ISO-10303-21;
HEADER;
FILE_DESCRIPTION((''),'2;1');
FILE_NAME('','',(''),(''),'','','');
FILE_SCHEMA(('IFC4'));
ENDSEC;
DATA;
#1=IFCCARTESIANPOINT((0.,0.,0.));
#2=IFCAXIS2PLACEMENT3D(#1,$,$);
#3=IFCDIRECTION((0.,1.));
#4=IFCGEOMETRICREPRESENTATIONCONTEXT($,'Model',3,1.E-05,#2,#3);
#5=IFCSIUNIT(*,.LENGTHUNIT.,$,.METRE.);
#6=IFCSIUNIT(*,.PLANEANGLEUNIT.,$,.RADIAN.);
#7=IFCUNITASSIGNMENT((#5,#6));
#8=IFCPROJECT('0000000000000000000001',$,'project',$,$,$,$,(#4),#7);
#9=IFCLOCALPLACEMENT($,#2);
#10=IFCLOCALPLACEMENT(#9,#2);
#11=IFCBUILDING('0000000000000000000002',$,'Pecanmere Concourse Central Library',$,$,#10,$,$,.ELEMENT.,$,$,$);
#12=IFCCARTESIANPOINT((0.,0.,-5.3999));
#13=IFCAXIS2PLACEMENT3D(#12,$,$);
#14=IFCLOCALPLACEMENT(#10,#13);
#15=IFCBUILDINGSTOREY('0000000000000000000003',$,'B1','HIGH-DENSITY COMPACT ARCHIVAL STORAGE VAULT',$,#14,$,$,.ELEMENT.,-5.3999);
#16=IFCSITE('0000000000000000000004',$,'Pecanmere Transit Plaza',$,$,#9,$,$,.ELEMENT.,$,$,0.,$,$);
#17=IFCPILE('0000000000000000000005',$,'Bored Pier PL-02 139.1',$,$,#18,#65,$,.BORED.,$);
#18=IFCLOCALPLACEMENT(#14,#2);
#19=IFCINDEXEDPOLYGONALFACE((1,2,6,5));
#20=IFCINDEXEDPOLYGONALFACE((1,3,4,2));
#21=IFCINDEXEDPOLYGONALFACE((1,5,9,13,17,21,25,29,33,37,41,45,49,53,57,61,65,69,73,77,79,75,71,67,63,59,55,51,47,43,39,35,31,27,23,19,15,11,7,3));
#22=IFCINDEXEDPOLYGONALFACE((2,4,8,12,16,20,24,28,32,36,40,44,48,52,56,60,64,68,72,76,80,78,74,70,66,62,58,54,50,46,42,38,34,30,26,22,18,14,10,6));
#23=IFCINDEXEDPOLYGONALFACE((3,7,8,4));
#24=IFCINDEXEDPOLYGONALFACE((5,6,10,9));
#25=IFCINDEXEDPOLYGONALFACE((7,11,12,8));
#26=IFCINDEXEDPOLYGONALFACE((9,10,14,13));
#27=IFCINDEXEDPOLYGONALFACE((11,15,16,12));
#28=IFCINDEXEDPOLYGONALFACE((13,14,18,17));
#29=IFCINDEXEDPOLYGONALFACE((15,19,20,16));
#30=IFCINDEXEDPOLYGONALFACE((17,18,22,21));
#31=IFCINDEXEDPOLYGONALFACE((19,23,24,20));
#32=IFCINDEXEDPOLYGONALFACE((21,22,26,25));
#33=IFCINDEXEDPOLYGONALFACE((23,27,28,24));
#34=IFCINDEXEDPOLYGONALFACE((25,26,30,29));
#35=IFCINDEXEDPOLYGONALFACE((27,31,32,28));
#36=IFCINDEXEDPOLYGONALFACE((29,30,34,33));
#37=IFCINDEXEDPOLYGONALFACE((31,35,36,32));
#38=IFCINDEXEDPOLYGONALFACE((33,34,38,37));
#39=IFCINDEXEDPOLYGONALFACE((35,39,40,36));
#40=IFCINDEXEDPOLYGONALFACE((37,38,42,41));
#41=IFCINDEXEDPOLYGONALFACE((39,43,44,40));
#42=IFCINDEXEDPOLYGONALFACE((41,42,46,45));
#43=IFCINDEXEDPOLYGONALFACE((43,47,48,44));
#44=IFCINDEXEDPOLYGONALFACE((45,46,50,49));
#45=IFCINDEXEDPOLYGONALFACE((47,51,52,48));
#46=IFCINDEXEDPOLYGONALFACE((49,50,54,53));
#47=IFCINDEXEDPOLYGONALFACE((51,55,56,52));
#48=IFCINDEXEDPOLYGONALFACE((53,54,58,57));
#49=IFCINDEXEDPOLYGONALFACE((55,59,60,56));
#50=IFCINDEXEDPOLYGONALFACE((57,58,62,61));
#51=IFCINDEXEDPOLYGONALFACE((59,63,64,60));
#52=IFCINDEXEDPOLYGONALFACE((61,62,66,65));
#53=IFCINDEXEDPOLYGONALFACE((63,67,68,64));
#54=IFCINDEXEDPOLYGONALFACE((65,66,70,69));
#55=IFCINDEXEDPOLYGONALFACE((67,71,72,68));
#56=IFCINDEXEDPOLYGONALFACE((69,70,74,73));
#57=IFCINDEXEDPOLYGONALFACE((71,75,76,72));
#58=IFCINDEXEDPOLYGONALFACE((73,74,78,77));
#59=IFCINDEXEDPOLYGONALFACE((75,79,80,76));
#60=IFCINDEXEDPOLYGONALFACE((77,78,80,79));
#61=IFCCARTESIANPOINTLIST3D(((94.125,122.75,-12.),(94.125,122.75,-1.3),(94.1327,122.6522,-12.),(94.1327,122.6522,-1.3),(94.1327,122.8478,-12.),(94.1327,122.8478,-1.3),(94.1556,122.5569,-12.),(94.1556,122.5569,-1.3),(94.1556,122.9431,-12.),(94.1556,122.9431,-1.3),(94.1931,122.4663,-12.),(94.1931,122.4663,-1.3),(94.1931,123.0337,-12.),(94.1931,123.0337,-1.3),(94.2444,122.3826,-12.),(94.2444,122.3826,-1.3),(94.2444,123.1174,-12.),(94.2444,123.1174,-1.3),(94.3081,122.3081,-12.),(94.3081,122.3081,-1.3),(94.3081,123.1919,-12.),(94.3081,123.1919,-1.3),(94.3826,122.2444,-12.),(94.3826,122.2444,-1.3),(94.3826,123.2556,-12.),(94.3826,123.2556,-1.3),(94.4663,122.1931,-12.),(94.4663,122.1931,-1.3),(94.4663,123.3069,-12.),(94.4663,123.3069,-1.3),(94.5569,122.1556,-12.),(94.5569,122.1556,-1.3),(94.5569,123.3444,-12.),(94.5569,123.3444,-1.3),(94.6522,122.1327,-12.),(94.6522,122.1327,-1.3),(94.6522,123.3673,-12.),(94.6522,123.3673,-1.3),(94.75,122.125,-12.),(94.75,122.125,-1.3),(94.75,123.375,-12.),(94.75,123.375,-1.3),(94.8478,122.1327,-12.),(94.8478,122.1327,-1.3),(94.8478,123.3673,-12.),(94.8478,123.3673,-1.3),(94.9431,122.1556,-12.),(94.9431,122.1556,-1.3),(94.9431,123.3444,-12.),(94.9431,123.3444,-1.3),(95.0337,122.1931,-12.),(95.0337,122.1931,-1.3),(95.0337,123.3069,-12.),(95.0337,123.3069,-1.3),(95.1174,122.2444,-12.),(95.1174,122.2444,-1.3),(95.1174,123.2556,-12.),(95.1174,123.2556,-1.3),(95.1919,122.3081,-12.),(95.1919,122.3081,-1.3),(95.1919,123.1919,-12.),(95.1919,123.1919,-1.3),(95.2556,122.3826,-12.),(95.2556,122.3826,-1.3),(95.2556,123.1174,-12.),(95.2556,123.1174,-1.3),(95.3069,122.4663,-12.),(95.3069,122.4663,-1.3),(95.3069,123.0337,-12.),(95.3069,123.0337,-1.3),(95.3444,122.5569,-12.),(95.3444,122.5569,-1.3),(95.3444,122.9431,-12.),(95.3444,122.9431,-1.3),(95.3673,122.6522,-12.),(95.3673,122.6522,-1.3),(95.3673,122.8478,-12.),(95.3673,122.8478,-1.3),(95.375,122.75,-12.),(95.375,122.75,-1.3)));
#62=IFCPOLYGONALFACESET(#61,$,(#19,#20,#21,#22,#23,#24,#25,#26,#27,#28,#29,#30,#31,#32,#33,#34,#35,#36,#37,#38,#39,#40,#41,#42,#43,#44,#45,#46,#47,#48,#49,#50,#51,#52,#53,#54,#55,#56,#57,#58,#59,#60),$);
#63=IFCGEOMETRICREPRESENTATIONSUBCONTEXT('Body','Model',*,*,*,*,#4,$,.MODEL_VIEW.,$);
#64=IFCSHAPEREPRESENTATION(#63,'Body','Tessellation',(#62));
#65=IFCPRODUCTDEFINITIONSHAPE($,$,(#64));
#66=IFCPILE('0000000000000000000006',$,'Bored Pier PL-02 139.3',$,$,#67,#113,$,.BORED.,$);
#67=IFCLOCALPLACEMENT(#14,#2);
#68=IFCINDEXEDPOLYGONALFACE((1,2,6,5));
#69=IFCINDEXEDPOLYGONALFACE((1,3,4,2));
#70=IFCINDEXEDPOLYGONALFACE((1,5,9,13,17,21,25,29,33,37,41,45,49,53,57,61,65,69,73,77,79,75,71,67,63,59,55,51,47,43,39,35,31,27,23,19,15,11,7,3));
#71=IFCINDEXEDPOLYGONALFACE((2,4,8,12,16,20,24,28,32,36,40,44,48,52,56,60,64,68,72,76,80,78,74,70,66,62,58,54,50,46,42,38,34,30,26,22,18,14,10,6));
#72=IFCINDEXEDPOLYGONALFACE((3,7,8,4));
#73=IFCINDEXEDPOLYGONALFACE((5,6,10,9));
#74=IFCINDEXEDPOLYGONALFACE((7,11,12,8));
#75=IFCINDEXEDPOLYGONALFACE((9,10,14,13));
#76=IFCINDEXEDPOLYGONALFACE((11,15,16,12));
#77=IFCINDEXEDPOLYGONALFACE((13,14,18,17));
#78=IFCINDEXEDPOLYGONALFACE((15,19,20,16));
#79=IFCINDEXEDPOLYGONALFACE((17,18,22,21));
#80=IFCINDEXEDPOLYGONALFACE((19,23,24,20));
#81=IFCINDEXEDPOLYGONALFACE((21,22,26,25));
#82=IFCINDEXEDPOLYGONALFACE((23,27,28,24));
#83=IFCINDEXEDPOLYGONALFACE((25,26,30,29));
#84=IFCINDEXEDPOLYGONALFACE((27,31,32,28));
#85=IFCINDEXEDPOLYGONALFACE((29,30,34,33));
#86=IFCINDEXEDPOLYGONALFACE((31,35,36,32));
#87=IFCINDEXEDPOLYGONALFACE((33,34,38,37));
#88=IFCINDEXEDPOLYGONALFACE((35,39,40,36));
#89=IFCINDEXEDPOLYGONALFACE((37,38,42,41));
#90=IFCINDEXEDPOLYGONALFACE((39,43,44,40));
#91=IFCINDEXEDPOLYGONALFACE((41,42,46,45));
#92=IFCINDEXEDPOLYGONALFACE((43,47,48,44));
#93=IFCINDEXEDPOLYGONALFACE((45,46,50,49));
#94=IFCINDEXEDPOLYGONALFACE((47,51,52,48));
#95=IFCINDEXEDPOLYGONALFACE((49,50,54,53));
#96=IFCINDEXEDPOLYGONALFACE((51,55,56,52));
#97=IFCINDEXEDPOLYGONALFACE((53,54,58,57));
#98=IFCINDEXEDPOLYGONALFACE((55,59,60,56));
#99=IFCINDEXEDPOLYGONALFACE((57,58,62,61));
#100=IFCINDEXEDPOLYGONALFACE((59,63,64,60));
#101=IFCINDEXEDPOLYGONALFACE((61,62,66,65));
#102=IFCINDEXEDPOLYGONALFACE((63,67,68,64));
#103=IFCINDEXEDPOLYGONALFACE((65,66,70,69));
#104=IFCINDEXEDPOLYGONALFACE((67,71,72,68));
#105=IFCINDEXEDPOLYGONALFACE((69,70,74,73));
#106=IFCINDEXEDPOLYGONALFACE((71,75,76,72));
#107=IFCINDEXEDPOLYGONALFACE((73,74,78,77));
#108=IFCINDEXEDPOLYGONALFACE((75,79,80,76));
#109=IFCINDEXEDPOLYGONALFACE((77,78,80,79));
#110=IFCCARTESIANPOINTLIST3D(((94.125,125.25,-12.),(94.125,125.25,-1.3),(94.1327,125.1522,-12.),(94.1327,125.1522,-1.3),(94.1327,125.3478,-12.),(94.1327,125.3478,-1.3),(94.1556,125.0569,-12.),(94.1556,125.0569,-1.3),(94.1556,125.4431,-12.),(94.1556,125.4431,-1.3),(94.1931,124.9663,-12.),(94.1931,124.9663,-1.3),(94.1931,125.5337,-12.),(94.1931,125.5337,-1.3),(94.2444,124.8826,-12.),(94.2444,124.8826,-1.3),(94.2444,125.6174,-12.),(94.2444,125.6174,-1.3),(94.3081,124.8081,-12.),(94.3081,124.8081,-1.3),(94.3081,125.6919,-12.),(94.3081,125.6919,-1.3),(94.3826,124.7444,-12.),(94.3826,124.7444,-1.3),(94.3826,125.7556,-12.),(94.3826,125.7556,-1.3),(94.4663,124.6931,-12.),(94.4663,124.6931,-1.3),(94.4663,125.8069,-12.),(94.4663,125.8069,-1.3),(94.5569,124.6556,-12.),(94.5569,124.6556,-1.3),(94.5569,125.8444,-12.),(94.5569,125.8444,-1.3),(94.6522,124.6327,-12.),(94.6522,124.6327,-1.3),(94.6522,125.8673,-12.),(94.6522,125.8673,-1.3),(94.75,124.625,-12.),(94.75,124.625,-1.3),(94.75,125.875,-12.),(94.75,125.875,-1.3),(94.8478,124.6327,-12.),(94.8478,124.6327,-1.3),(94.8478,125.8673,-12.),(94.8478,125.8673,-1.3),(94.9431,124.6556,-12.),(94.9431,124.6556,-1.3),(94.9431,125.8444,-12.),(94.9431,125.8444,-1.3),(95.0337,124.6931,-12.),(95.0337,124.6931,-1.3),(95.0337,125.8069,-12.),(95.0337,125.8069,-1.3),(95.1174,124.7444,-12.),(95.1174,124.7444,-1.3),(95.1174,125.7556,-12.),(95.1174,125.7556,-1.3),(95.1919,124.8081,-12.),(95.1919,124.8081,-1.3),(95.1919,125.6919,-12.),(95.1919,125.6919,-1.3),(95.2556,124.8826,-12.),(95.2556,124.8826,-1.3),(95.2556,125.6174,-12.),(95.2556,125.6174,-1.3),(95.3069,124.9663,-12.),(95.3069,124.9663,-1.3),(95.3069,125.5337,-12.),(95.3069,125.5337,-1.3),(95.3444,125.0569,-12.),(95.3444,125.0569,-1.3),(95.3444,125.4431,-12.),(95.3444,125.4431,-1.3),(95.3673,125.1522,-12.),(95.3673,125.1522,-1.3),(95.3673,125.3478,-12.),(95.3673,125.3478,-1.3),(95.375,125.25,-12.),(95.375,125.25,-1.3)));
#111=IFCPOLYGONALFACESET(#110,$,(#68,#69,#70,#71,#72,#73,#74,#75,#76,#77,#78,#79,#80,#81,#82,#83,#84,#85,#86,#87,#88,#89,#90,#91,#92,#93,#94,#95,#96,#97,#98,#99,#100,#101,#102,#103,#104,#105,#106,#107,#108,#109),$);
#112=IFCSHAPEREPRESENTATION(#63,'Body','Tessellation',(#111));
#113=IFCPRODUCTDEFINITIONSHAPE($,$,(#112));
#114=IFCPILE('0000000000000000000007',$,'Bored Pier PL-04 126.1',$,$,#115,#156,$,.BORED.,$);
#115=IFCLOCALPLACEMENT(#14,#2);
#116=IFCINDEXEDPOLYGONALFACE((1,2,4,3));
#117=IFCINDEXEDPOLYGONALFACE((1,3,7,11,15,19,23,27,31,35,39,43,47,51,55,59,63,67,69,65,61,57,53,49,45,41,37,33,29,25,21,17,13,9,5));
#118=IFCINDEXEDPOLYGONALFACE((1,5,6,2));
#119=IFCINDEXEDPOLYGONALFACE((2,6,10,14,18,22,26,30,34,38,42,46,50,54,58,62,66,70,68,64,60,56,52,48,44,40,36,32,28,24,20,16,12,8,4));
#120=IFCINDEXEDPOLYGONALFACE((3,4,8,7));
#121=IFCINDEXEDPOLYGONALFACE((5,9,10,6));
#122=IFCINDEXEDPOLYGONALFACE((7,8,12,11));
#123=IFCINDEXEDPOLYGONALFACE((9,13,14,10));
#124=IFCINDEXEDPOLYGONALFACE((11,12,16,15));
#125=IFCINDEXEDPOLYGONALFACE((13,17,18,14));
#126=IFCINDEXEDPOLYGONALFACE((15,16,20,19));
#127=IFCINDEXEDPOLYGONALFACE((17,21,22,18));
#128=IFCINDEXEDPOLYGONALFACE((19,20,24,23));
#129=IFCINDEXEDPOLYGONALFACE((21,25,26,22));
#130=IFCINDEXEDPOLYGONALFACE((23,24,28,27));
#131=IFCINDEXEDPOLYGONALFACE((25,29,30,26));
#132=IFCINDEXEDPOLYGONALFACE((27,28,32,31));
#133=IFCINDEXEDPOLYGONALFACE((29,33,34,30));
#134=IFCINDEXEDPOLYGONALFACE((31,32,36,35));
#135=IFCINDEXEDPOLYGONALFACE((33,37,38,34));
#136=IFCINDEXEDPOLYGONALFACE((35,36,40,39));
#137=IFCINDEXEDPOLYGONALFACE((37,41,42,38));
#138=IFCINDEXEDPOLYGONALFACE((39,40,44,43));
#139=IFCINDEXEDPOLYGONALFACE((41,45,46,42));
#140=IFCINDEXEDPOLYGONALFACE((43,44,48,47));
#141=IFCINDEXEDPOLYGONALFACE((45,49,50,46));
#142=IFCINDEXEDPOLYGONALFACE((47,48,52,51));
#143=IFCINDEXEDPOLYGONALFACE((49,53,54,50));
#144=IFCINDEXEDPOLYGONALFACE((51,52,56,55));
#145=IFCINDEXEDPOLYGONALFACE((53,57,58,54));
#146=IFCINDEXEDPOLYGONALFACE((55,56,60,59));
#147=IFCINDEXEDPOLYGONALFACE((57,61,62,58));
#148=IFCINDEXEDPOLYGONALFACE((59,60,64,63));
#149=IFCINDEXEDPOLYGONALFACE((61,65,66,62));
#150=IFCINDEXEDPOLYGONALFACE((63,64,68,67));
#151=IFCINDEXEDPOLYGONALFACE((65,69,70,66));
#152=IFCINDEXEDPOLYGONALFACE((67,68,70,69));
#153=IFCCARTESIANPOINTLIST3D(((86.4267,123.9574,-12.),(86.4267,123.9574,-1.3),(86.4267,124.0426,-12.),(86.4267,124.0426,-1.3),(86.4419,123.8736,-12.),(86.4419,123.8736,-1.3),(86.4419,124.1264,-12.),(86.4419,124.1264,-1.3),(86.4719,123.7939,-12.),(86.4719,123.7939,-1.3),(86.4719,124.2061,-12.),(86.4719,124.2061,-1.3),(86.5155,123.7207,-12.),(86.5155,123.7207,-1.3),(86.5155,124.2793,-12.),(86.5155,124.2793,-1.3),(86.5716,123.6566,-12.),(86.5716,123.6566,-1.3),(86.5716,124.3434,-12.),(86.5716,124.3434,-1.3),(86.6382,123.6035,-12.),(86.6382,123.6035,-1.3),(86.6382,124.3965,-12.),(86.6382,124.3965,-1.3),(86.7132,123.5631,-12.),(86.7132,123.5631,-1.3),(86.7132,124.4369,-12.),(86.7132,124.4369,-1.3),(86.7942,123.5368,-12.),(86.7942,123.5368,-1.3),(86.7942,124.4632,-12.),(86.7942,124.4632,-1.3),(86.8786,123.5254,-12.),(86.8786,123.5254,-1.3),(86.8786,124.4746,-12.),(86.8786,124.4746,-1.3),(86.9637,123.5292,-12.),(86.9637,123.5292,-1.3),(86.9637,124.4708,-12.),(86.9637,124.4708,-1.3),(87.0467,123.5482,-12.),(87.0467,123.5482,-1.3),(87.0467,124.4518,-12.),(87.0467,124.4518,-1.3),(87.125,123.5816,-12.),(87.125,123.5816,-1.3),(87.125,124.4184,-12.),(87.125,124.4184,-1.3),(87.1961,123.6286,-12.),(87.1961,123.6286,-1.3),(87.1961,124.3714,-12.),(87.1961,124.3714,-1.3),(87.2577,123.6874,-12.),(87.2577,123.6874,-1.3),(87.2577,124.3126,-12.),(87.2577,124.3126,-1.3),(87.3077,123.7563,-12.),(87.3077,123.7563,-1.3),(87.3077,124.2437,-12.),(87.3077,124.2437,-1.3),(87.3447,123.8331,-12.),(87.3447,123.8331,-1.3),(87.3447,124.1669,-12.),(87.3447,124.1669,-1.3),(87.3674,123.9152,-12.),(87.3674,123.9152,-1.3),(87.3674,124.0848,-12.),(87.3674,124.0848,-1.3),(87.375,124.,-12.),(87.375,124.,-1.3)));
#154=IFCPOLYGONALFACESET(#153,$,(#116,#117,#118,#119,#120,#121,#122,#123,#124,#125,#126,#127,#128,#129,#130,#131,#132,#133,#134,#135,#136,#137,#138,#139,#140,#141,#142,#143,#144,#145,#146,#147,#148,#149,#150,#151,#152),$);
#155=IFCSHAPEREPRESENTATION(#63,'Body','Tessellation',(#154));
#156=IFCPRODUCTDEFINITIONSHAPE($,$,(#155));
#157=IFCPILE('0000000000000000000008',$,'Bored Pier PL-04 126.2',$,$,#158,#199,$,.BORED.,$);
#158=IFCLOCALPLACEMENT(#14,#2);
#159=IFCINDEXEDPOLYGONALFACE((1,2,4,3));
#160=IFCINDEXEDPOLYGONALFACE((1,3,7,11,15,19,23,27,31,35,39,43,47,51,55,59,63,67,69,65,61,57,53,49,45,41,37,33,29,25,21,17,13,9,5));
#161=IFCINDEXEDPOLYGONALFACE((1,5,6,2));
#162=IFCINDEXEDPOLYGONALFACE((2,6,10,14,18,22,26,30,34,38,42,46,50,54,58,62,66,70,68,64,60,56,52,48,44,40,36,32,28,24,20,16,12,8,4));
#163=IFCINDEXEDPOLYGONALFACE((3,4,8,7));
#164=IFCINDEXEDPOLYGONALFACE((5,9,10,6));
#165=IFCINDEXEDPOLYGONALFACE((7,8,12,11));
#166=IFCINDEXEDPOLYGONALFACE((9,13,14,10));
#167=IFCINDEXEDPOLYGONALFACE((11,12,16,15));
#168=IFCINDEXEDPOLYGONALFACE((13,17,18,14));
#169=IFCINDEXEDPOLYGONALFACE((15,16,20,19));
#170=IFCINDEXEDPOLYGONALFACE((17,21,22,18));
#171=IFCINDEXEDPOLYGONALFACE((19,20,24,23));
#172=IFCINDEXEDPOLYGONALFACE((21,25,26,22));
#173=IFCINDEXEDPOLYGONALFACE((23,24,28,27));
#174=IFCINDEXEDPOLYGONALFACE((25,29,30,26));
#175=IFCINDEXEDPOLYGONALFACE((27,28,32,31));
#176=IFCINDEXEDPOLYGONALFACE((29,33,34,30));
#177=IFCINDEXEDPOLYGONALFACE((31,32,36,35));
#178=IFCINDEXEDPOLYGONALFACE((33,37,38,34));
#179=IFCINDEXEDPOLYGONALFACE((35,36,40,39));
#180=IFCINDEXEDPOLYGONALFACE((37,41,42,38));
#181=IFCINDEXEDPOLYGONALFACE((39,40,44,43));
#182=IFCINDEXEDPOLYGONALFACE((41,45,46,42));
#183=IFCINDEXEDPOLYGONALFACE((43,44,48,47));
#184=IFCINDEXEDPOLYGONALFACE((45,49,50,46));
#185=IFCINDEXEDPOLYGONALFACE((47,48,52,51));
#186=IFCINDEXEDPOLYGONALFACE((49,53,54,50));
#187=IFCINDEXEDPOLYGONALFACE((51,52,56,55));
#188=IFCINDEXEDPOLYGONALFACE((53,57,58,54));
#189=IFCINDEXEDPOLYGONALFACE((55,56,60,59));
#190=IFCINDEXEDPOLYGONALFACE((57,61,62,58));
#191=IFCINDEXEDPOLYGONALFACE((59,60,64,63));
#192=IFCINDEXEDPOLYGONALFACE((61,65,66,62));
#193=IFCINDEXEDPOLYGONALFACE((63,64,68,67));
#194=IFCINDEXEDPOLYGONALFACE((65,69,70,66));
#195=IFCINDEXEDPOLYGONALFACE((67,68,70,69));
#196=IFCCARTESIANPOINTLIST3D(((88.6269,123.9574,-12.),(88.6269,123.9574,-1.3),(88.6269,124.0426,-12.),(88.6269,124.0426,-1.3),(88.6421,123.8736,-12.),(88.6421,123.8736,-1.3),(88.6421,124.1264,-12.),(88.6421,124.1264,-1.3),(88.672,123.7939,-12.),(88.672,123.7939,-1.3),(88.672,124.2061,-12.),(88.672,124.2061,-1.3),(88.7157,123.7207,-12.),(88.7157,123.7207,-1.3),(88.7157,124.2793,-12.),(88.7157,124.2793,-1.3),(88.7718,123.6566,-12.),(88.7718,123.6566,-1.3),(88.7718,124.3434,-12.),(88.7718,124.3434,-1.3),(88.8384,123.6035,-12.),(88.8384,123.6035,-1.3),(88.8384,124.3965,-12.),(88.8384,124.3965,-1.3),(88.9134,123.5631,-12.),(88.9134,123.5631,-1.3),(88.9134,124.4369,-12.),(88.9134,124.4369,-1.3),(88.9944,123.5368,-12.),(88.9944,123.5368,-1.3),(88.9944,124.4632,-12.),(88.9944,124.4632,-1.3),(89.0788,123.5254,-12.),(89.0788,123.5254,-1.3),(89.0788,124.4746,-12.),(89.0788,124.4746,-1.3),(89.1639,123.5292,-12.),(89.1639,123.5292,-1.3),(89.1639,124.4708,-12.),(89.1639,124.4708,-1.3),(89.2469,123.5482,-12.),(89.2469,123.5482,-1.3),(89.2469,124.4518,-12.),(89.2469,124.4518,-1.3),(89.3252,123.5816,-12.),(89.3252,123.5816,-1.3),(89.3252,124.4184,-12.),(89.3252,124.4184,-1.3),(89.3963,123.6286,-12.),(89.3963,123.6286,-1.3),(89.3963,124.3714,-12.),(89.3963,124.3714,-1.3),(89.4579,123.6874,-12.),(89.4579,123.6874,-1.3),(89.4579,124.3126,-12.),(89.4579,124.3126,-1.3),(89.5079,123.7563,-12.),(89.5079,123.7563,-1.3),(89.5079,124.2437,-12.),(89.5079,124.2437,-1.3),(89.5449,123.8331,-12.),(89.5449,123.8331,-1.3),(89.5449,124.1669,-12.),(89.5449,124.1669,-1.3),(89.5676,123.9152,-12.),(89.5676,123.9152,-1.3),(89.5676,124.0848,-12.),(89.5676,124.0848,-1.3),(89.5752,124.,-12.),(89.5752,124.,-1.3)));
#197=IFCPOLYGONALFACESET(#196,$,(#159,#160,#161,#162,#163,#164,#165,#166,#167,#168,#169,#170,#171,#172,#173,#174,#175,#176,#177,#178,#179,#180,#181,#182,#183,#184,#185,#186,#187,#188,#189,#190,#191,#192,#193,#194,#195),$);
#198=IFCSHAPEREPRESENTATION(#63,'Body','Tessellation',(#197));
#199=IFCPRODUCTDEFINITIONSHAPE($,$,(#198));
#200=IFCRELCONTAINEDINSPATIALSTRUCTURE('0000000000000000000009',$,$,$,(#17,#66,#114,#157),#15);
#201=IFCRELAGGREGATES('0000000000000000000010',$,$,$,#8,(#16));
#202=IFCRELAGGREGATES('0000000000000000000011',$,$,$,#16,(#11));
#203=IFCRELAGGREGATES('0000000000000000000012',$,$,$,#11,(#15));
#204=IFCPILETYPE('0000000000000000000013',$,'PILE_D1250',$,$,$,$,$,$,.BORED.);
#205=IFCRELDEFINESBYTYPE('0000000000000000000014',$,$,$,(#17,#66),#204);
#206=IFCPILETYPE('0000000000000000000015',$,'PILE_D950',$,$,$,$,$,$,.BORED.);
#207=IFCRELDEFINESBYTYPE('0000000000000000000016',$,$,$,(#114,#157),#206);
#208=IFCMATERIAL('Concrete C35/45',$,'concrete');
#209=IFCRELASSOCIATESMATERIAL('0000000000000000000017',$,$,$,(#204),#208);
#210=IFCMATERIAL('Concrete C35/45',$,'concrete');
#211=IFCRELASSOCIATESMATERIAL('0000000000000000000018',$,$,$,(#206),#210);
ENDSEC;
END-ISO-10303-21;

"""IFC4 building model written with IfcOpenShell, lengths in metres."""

from ifc_helpers import new_model, si_unit, direction, frame, origin, origin_2d, place, context, subcontext, project, spatial, circle, extrude, material, material_profile, profile_set, type_object, element, save


model = new_model("IFC4")

# Units and contexts
model_context = context("Model", 3, precision=1e-05, world=origin(), true_north=direction((0.0, 1.0)))
body_context = subcontext(model_context, "Body", "Model", "MODEL_VIEW")
ifc_project = project(units=[si_unit("LENGTHUNIT", "METRE"), si_unit("PLANEANGLEUNIT", "RADIAN")], contexts=[model_context])

# Site, building, storey
site_placement = place(None, origin())
site = spatial("IfcSite", under=ifc_project, at=site_placement, Name="Pecanmere Transit Plaza", CompositionType="ELEMENT", RefElevation=0.0)
building_placement = place(site_placement, origin())
building = spatial("IfcBuilding", under=site, at=building_placement, Name="Pecanmere Concourse Central Library", CompositionType="ELEMENT")
storey_placement = place(building_placement, frame((0.0, 0.0, -5.3999)))
storey = spatial("IfcBuildingStorey", under=building, at=storey_placement, Name="B1", Description="HIGH-DENSITY COMPACT ARCHIVAL STORAGE VAULT", CompositionType="ELEMENT", Elevation=-5.3999)

# Piles
ifc_material_1 = material(Name="Concrete C35/45", Category="concrete")
ifc_material_profile_1 = material_profile(ifc_material_1, circle(Radius=0.625, at=origin_2d()), Name="PIER D1250")
ifc_profile_set_1 = profile_set([ifc_material_profile_1], Name="Concrete C35/45")
pile_type_1 = type_object("IfcPileType", Name="PILE_D1250", PredefinedType="BORED", material=ifc_profile_set_1)
for number, where, z_axis, x_axis, name in (
    (1, (94.75, 122.75, -1.3), (0.0, 0.0, -1.0), (1.0, 0.0, 0.0), "Bored Pier PL-02 139.1"),
    (2, (94.75, 125.25, -1.3), (0.0, 0.0, -1.0), (1.0, 0.0, 0.0), "Bored Pier PL-02 139.3"),
):
    element("IfcPile", number, at=place(storey_placement, frame(where, z_axis=z_axis, x_axis=x_axis)), inside=storey, type_object=pile_type_1, Name=name, PredefinedType="BORED", context=body_context, shape_type="SweptSolid", body=[
        extrude(circle(Radius=0.625, at=origin_2d()), origin(), (0.0, 0.0, 1.0), 10.7),
    ])
ifc_material_2 = material(Name="Concrete C35/45", Category="concrete")
ifc_material_profile_2 = material_profile(ifc_material_2, circle(Radius=0.4751, at=origin_2d()), Name="PIER D950")
ifc_profile_set_2 = profile_set([ifc_material_profile_2], Name="Concrete C35/45")
pile_type_2 = type_object("IfcPileType", Name="PILE_D950", PredefinedType="BORED", material=ifc_profile_set_2)
for number, where, z_axis, x_axis, name in (
    (3, (86.8999, 124.0, -1.3), (0.0, 0.0, -1.0), (1.0, 0.0, 0.0), "Bored Pier PL-04 126.1"),
    (4, (89.1001, 124.0, -1.3), (0.0, 0.0, -1.0), (1.0, 0.0, 0.0), "Bored Pier PL-04 126.2"),
):
    element("IfcPile", number, at=place(storey_placement, frame(where, z_axis=z_axis, x_axis=x_axis)), inside=storey, type_object=pile_type_2, Name=name, PredefinedType="BORED", context=body_context, shape_type="SweptSolid", body=[
        extrude(circle(Radius=0.4751, at=origin_2d()), origin(), (0.0, 0.0, 1.0), 10.7),
    ])

save(model, "model.ifc")
